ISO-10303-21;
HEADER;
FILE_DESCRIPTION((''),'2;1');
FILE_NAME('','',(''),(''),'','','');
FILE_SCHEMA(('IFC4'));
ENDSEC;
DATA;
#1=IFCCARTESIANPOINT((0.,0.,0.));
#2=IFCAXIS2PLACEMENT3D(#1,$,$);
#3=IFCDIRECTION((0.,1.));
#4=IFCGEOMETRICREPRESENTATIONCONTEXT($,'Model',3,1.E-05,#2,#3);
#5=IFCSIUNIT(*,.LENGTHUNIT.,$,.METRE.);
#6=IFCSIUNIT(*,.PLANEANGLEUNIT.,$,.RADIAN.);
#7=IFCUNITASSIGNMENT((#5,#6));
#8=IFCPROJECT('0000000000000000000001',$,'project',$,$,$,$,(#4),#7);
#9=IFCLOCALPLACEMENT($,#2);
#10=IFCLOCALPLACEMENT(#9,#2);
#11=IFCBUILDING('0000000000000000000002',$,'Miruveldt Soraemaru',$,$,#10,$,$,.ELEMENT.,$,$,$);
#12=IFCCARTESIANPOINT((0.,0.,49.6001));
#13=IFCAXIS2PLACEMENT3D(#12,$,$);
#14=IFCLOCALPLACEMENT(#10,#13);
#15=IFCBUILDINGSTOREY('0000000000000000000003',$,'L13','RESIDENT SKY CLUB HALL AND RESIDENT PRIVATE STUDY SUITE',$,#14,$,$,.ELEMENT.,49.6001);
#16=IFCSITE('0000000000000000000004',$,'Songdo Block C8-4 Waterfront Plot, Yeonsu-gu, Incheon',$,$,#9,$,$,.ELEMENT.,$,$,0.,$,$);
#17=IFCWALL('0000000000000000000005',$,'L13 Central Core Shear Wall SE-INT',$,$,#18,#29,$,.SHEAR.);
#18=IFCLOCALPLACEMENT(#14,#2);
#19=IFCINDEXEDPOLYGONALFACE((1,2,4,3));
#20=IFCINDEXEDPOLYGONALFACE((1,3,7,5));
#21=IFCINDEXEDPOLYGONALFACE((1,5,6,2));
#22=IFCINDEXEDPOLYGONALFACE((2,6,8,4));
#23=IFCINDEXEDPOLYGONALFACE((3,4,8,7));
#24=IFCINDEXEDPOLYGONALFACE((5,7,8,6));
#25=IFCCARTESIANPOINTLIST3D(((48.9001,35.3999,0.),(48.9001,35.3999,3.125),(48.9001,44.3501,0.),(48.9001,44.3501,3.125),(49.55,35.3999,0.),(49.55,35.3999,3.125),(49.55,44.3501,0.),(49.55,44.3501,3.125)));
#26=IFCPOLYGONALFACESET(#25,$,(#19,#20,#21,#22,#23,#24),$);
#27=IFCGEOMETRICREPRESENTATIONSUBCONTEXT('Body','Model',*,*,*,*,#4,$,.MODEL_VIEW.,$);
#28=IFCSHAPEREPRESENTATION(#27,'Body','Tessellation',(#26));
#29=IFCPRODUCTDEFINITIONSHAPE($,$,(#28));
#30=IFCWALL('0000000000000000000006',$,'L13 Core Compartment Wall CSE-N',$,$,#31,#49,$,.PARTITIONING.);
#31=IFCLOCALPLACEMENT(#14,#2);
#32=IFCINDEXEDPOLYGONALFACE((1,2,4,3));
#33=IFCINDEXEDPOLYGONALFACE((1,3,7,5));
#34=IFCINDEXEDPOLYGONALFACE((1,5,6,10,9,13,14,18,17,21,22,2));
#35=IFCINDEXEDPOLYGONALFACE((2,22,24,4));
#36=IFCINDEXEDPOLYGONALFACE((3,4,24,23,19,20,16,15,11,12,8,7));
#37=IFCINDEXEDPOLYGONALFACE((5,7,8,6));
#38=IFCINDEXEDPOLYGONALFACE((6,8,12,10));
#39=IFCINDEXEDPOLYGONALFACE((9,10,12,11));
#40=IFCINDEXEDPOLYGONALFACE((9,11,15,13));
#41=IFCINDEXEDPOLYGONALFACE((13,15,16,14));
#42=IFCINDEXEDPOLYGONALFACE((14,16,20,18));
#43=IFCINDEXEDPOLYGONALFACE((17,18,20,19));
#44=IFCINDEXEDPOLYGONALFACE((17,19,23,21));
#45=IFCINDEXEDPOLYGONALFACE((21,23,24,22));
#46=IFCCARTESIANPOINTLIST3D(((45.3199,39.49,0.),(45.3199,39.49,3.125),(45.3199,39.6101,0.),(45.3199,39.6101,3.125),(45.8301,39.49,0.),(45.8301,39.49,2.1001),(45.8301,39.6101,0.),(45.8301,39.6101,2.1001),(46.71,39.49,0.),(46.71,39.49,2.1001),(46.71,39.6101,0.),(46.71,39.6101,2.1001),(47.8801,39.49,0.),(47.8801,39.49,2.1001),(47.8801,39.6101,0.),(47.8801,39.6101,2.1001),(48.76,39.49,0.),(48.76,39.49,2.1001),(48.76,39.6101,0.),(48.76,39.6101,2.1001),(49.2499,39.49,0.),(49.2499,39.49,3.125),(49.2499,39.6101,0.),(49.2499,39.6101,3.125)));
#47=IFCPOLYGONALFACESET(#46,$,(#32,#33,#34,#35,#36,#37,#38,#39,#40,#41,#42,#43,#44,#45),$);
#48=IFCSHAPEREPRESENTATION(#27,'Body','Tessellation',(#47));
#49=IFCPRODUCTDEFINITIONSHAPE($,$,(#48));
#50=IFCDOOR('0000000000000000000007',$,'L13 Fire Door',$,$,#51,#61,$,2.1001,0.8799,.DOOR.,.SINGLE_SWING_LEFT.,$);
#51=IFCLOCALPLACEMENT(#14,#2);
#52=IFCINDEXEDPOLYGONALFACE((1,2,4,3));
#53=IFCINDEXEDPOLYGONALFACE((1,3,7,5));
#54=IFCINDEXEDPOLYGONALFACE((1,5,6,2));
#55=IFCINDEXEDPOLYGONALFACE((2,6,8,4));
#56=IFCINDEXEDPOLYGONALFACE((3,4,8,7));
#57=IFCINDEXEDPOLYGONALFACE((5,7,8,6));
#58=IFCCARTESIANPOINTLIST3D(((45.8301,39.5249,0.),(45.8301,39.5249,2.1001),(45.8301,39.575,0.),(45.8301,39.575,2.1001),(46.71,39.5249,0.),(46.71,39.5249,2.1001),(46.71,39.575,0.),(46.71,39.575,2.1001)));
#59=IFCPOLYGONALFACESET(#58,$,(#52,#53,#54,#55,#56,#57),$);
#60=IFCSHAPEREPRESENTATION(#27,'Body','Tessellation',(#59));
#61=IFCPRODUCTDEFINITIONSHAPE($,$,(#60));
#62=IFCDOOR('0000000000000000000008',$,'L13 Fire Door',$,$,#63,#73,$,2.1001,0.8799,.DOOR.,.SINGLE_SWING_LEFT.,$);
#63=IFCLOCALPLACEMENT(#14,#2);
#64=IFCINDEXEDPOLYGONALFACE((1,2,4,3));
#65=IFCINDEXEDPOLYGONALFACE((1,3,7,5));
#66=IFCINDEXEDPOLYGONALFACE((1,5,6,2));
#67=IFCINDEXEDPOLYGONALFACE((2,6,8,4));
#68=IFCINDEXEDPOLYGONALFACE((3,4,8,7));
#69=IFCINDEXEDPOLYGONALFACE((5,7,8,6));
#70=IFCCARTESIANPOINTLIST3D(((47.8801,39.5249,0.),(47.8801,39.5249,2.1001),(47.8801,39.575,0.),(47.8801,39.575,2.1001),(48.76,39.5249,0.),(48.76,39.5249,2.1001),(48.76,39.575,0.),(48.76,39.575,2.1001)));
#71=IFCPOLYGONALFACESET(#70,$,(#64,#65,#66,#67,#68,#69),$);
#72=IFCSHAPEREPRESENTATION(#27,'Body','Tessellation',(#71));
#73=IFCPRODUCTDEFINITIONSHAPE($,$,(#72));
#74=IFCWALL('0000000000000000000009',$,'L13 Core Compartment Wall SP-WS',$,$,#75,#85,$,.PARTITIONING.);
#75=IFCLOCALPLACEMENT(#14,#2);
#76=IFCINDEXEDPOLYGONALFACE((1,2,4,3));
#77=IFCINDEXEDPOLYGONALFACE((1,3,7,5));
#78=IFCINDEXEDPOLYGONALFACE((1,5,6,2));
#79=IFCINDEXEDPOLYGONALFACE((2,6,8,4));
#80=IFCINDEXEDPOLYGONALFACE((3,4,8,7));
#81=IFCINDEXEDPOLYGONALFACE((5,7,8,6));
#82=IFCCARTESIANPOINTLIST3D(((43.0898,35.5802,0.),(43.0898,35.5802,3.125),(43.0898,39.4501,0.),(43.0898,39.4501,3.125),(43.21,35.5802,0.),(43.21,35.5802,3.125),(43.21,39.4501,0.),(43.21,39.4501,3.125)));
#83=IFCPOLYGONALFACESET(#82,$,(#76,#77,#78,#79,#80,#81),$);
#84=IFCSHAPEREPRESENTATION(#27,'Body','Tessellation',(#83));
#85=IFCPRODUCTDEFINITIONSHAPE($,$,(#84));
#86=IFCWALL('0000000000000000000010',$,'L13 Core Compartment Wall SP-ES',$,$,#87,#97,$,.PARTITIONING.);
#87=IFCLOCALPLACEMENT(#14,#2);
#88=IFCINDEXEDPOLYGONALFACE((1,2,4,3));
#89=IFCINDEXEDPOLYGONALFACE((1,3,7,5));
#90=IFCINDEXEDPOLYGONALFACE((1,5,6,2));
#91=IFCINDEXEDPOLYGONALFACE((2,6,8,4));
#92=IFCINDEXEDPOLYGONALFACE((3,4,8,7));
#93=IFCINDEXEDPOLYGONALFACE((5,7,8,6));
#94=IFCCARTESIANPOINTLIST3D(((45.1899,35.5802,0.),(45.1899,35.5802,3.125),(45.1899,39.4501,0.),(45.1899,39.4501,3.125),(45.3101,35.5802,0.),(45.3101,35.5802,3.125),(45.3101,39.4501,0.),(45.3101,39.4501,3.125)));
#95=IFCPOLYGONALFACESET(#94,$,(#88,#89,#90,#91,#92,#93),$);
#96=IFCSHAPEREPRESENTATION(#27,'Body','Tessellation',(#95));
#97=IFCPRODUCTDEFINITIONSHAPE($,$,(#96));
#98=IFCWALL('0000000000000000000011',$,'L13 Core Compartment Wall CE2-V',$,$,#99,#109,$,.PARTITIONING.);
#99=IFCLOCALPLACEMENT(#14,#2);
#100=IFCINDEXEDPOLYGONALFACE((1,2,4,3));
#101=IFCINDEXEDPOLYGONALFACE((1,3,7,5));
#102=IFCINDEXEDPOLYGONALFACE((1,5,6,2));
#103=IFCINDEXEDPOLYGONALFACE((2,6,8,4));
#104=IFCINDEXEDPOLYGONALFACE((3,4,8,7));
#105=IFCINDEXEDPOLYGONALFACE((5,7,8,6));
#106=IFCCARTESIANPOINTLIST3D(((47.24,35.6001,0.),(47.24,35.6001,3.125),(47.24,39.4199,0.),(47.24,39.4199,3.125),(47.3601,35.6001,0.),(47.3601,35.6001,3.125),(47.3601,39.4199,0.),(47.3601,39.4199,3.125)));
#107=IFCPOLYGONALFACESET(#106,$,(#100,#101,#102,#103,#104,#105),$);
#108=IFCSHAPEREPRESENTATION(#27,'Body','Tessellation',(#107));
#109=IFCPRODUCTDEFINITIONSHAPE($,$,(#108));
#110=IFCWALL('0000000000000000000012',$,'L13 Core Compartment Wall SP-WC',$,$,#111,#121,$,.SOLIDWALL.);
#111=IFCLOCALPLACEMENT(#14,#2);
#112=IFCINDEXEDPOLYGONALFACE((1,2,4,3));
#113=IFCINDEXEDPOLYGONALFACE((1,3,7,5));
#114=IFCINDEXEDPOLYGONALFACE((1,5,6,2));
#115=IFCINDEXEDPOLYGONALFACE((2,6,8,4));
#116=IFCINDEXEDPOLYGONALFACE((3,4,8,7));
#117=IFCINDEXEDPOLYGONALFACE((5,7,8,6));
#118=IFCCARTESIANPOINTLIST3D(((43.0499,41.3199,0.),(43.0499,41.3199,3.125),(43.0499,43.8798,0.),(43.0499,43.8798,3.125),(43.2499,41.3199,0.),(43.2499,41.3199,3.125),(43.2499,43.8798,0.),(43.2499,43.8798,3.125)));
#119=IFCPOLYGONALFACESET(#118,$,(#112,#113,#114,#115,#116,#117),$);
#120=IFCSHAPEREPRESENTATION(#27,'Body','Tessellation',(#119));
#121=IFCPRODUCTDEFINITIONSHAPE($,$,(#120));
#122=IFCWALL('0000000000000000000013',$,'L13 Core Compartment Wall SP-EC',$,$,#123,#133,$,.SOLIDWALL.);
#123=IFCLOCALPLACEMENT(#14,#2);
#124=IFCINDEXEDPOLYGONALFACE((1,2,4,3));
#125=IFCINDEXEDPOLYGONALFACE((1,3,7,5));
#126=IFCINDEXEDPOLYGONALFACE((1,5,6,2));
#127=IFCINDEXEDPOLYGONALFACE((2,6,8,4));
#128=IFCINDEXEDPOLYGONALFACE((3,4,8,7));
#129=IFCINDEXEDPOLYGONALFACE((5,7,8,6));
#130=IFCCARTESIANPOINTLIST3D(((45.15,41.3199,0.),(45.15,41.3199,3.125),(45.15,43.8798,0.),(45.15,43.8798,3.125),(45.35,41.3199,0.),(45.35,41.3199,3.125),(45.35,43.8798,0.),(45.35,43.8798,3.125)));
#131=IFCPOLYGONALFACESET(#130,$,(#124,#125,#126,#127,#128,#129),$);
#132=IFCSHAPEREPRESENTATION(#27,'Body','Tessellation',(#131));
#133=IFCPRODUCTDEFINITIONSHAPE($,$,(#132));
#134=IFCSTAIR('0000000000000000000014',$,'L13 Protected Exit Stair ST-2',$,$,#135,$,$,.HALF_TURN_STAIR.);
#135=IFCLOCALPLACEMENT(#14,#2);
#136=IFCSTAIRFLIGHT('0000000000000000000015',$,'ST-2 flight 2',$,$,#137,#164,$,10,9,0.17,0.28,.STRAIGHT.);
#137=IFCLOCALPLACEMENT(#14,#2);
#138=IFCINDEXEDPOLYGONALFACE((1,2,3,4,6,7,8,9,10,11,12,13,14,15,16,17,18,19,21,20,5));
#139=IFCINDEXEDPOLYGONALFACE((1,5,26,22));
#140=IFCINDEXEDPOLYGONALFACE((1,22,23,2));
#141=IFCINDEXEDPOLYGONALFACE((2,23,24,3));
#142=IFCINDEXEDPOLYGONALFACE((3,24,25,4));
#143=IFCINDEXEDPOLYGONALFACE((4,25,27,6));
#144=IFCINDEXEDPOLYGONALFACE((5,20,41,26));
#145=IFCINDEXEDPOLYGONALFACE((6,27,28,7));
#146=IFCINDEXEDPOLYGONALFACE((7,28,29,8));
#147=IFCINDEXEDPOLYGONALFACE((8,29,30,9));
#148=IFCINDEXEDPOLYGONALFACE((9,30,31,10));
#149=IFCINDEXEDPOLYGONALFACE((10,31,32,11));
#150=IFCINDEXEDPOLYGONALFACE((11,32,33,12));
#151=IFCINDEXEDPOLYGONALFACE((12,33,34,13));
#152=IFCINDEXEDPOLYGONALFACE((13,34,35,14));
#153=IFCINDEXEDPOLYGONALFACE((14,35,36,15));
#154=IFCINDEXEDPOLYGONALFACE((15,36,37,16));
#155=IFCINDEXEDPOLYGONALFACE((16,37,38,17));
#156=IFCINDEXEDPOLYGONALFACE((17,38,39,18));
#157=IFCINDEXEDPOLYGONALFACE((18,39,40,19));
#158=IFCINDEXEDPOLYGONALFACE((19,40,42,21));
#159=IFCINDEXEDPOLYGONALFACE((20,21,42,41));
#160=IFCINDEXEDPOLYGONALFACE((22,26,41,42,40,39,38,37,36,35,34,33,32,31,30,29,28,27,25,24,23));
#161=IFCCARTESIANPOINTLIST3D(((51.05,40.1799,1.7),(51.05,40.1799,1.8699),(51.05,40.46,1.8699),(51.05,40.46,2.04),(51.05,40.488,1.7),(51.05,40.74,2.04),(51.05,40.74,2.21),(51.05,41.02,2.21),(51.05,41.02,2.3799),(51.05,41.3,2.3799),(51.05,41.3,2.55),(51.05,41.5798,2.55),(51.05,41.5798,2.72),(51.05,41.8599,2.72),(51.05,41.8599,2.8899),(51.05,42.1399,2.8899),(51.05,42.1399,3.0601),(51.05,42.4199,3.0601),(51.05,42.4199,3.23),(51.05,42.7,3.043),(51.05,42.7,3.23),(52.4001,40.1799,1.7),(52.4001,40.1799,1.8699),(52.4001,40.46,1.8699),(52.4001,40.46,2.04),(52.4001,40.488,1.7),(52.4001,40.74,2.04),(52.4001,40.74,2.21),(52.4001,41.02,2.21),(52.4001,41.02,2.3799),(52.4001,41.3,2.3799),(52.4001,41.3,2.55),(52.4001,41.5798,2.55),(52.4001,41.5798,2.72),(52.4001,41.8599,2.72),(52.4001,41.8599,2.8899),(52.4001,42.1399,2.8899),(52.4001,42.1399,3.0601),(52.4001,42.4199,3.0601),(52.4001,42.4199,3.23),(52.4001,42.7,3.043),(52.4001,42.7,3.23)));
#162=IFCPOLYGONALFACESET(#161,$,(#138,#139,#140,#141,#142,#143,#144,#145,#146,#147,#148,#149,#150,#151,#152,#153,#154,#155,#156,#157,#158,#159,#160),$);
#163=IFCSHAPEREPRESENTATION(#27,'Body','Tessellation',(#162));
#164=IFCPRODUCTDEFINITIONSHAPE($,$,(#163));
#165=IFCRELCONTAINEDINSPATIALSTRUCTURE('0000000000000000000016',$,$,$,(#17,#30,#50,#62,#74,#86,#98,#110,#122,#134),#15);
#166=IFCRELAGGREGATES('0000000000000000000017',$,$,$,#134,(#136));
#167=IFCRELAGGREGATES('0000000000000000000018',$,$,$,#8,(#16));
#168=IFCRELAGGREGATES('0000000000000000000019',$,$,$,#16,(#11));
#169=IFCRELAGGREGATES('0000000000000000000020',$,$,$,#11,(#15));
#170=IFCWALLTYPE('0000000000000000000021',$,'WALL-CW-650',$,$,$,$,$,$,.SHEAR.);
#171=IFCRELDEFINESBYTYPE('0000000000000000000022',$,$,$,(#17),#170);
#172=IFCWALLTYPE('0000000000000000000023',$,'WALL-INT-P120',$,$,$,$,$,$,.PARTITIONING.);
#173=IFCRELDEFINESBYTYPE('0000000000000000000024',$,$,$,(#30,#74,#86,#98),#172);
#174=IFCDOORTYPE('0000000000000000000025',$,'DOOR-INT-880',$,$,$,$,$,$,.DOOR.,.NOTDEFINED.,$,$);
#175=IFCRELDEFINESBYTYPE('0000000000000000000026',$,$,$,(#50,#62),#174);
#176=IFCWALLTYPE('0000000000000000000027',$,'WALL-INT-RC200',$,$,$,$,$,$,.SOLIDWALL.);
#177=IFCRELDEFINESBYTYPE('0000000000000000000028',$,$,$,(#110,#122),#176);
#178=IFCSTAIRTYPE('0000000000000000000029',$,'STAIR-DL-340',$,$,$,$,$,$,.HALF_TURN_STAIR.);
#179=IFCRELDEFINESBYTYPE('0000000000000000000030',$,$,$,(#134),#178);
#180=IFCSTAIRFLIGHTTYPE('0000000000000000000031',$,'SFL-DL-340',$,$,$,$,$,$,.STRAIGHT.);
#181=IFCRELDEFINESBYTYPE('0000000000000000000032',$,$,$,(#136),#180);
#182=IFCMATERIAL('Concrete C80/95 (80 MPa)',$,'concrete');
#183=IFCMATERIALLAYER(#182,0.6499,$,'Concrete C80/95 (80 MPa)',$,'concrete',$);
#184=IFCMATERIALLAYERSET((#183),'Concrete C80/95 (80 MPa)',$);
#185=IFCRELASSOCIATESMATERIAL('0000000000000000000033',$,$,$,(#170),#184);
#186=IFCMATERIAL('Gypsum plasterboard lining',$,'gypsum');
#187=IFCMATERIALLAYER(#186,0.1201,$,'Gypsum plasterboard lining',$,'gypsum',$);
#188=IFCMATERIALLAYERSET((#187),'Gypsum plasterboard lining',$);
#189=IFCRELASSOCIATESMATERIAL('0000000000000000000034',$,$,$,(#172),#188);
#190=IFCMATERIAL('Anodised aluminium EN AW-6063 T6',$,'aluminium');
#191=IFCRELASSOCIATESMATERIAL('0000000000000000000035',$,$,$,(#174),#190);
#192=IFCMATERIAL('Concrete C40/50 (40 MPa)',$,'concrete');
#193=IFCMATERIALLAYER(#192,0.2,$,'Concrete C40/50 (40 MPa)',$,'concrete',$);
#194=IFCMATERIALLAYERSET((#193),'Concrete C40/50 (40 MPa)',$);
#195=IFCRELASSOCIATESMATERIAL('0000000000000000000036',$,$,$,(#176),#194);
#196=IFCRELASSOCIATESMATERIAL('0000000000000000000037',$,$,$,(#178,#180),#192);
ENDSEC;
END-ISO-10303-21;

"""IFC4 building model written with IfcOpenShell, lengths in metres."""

from ifc_helpers import new_model, si_unit, direction, frame, frame_2d, origin, place, context, subcontext, project, spatial, polyline, rectangle, outline, extrude, material, layer, layer_set, type_object, element, fill, aggregate, save


model = new_model("IFC4")

# Units and contexts
model_context = context("Model", 3, precision=1e-05, world=origin(), true_north=direction((0.0, 1.0)))
body_context = subcontext(model_context, "Body", "Model", "MODEL_VIEW")
ifc_project = project(units=[si_unit("LENGTHUNIT", "METRE"), si_unit("PLANEANGLEUNIT", "RADIAN")], contexts=[model_context])

# Site, building, storey
site_placement = place(None, origin())
site = spatial("IfcSite", under=ifc_project, at=site_placement, Name="Songdo Block C8-4 Waterfront Plot, Yeonsu-gu, Incheon", CompositionType="ELEMENT", RefElevation=0.0)
building_placement = place(site_placement, origin())
building = spatial("IfcBuilding", under=site, at=building_placement, Name="Miruveldt Soraemaru", CompositionType="ELEMENT")
storey_placement = place(building_placement, frame((0.0, 0.0, 49.6001)))
storey = spatial("IfcBuildingStorey", under=building, at=storey_placement, Name="L13", Description="RESIDENT SKY CLUB HALL AND RESIDENT PRIVATE STUDY SUITE", CompositionType="ELEMENT", Elevation=49.6001)

# Wall
ifc_material_1 = material(Name="Concrete C80/95 (80 MPa)", Category="concrete")
ifc_layer_1 = layer(ifc_material_1, 0.6499, Name="Concrete C80/95 (80 MPa)", Category="concrete")
ifc_layer_set_1 = layer_set([ifc_layer_1], Name="Concrete C80/95 (80 MPa)")
wall_type_1 = type_object("IfcWallType", Name="WALL-CW-650", PredefinedType="SHEAR", material=ifc_layer_set_1)
wall_1_placement = place(storey_placement, frame((49.2251, 35.3999, 0.0), z_axis=(0.0, 0.0, 1.0), x_axis=(0.0, 1.0, 0.0)))
element("IfcWall", 1, at=wall_1_placement, inside=storey, type_object=wall_type_1, Name="L13 Central Core Shear Wall SE-INT", PredefinedType="SHEAR", context=body_context, shape_type="SweptSolid", body=[
    extrude(rectangle(XDim=8.9502, YDim=0.6499, at=frame_2d((4.4751, 0.0))), origin(), (0.0, 0.0, 1.0), 3.125),
])

# Wall, openings, doors
ifc_material_2 = material(Name="Gypsum plasterboard lining", Category="gypsum")
ifc_layer_2 = layer(ifc_material_2, 0.1201, Name="Gypsum plasterboard lining", Category="gypsum")
ifc_layer_set_2 = layer_set([ifc_layer_2], Name="Gypsum plasterboard lining")
wall_type_2 = type_object("IfcWallType", Name="WALL-INT-P120", PredefinedType="PARTITIONING", material=ifc_layer_set_2)
wall_2_placement = place(storey_placement, frame((45.3201, 39.55, 0.0), z_axis=(0.0, 0.0, 1.0), x_axis=(1.0, 0.0, 0.0)))
wall_2 = element("IfcWall", 2, at=wall_2_placement, inside=storey, type_object=wall_type_2, Name="L13 Core Compartment Wall CSE-N", PredefinedType="PARTITIONING", context=body_context, shape_type="SweptSolid", body=[
    extrude(rectangle(XDim=3.9299, YDim=0.1201, at=frame_2d((1.9648, 0.0))), origin(), (0.0, 0.0, 1.0), 3.125),
])
opening_1_placement = place(wall_2_placement, frame((0.51, 0.0, 0.0)))
opening_1 = element("IfcOpeningElement", 3, at=opening_1_placement, cuts=wall_2, PredefinedType="OPENING", context=body_context, shape_type="SweptSolid", body=[
    extrude(rectangle(XDim=0.8799, YDim=2.1001, at=frame_2d((0.4399, 1.05))), frame((0.0, 0.0701, 0.0), z_axis=(0.0, -1.0, 0.0), x_axis=(1.0, 0.0, 0.0)), (0.0, 0.0, 1.0), 0.1401),
])
opening_2_placement = place(wall_2_placement, frame((2.5601, 0.0, 0.0)))
opening_2 = element("IfcOpeningElement", 4, at=opening_2_placement, cuts=wall_2, PredefinedType="OPENING", context=body_context, shape_type="SweptSolid", body=[
    extrude(rectangle(XDim=0.8799, YDim=2.1001, at=frame_2d((0.4399, 1.05))), frame((0.0, 0.0701, 0.0), z_axis=(0.0, -1.0, 0.0), x_axis=(1.0, 0.0, 0.0)), (0.0, 0.0, 1.0), 0.1401),
])
ifc_material_3 = material(Name="Anodised aluminium EN AW-6063 T6", Category="aluminium")
door_type_1 = type_object("IfcDoorType", Name="DOOR-INT-880", OperationType="NOTDEFINED", PredefinedType="DOOR", material=ifc_material_3)
door_1_placement = place(opening_1_placement, origin())
door_1 = element("IfcDoor", 5, at=door_1_placement, inside=storey, type_object=door_type_1, Name="L13 Fire Door", OperationType="SINGLE_SWING_LEFT", OverallHeight=2.1001, OverallWidth=0.8799, PredefinedType="DOOR", context=body_context, shape_type="SweptSolid", body=[
    extrude(rectangle(XDim=0.8799, YDim=2.1001, at=frame_2d((0.4399, 1.05))), frame((0.0, 0.0249, 0.0), z_axis=(0.0, -1.0, 0.0), x_axis=(1.0, 0.0, 0.0)), (0.0, 0.0, 1.0), 0.05),
])
fill(opening_1, door_1)
door_2_placement = place(opening_2_placement, origin())
door_2 = element("IfcDoor", 6, at=door_2_placement, inside=storey, type_object=door_type_1, Name="L13 Fire Door", OperationType="SINGLE_SWING_LEFT", OverallHeight=2.1001, OverallWidth=0.8799, PredefinedType="DOOR", context=body_context, shape_type="SweptSolid", body=[
    extrude(rectangle(XDim=0.8799, YDim=2.1001, at=frame_2d((0.4399, 1.05))), frame((0.0, 0.0249, 0.0), z_axis=(0.0, -1.0, 0.0), x_axis=(1.0, 0.0, 0.0)), (0.0, 0.0, 1.0), 0.05),
])
fill(opening_2, door_2)

# Walls
for number, where, z_axis, x_axis, name in (
    (7, (43.1499, 35.5801, 0.0), (0.0, 0.0, 1.0), (0.0, 1.0, 0.0), "L13 Core Compartment Wall SP-WS"),
    (8, (45.25, 35.5801, 0.0), (0.0, 0.0, 1.0), (0.0, 1.0, 0.0), "L13 Core Compartment Wall SP-ES"),
):
    element("IfcWall", number, at=place(storey_placement, frame(where, z_axis=z_axis, x_axis=x_axis)), inside=storey, type_object=wall_type_2, Name=name, PredefinedType="PARTITIONING", context=body_context, shape_type="SweptSolid", body=[
        extrude(rectangle(XDim=3.8699, YDim=0.1201, at=frame_2d((1.9351, 0.0))), origin(), (0.0, 0.0, 1.0), 3.125),
    ])
wall_3_placement = place(storey_placement, frame((47.3, 35.6001, 0.0), z_axis=(0.0, 0.0, 1.0), x_axis=(0.0, 1.0, 0.0)))
element("IfcWall", 9, at=wall_3_placement, inside=storey, type_object=wall_type_2, Name="L13 Core Compartment Wall CE2-V", PredefinedType="PARTITIONING", context=body_context, shape_type="SweptSolid", body=[
    extrude(rectangle(XDim=3.8198, YDim=0.1201, at=frame_2d((1.9099, 0.0))), origin(), (0.0, 0.0, 1.0), 3.125),
])

# Shared definitions
ifc_material_4 = material(Name="Concrete C40/50 (40 MPa)", Category="concrete")
ifc_layer_3 = layer(ifc_material_4, 0.2, Name="Concrete C40/50 (40 MPa)", Category="concrete")
ifc_layer_set_3 = layer_set([ifc_layer_3], Name="Concrete C40/50 (40 MPa)")
wall_type_3 = type_object("IfcWallType", Name="WALL-INT-RC200", PredefinedType="SOLIDWALL", material=ifc_layer_set_3)

# Walls
for number, where, z_axis, x_axis, name in (
    (10, (43.1499, 41.3201, 0.0), (0.0, 0.0, 1.0), (0.0, 1.0, 0.0), "L13 Core Compartment Wall SP-WC"),
    (11, (45.25, 41.3201, 0.0), (0.0, 0.0, 1.0), (0.0, 1.0, 0.0), "L13 Core Compartment Wall SP-EC"),
):
    element("IfcWall", number, at=place(storey_placement, frame(where, z_axis=z_axis, x_axis=x_axis)), inside=storey, type_object=wall_type_3, Name=name, PredefinedType="SOLIDWALL", context=body_context, shape_type="SweptSolid", body=[
        extrude(rectangle(XDim=2.5598, YDim=0.2, at=frame_2d((1.2798, 0.0))), origin(), (0.0, 0.0, 1.0), 3.125),
    ])

# Stair, stair flight
stair_type = type_object("IfcStairType", Name="STAIR-DL-340", PredefinedType="HALF_TURN_STAIR", material=ifc_material_4)
stair_placement = place(storey_placement, origin())
stair = element("IfcStair", 12, at=stair_placement, inside=storey, type_object=stair_type, Name="L13 Protected Exit Stair ST-2", PredefinedType="HALF_TURN_STAIR")
stair_flight_type = type_object("IfcStairFlightType", Name="SFL-DL-340", PredefinedType="STRAIGHT", material=ifc_material_4)
stair_flight_placement = place(storey_placement, frame((51.7251, 40.1799, 1.7), z_axis=(0.0, 0.0, 1.0), x_axis=(0.0, 1.0, 0.0)))
stair_flight = element("IfcStairFlight", 13, at=stair_flight_placement, type_object=stair_flight_type, Name="ST-2 flight 2", NumberOfRisers=10, NumberOfTreads=9, PredefinedType="STRAIGHT", RiserHeight=0.17, TreadLength=0.28, context=body_context, shape_type="SweptSolid", body=[
    extrude(outline(polyline([(0.0, 0.0), (0.0, 0.1699), (0.28, 0.1699), (0.28, 0.3401), (0.5601, 0.3401), (0.5601, 0.51), (0.8401, 0.51), (0.8401, 0.6799), (1.1201, 0.6799), (1.1201, 0.8501), (1.3999, 0.8501), (1.3999, 1.02), (1.6799, 1.02), (1.6799, 1.1899), (1.96, 1.1899), (1.96, 1.3601), (2.24, 1.3601), (2.24, 1.53), (2.52, 1.53), (2.52, 1.7), (2.52, 1.343), (0.3081, 0.0), (0.0, 0.0)])), frame((0.0, 0.675, 0.0), z_axis=(0.0, -1.0, 0.0), x_axis=(1.0, 0.0, 0.0)), (0.0, 0.0, 1.0), 1.3501),
])
aggregate(stair, [stair_flight])

save(model, "model.ifc")
